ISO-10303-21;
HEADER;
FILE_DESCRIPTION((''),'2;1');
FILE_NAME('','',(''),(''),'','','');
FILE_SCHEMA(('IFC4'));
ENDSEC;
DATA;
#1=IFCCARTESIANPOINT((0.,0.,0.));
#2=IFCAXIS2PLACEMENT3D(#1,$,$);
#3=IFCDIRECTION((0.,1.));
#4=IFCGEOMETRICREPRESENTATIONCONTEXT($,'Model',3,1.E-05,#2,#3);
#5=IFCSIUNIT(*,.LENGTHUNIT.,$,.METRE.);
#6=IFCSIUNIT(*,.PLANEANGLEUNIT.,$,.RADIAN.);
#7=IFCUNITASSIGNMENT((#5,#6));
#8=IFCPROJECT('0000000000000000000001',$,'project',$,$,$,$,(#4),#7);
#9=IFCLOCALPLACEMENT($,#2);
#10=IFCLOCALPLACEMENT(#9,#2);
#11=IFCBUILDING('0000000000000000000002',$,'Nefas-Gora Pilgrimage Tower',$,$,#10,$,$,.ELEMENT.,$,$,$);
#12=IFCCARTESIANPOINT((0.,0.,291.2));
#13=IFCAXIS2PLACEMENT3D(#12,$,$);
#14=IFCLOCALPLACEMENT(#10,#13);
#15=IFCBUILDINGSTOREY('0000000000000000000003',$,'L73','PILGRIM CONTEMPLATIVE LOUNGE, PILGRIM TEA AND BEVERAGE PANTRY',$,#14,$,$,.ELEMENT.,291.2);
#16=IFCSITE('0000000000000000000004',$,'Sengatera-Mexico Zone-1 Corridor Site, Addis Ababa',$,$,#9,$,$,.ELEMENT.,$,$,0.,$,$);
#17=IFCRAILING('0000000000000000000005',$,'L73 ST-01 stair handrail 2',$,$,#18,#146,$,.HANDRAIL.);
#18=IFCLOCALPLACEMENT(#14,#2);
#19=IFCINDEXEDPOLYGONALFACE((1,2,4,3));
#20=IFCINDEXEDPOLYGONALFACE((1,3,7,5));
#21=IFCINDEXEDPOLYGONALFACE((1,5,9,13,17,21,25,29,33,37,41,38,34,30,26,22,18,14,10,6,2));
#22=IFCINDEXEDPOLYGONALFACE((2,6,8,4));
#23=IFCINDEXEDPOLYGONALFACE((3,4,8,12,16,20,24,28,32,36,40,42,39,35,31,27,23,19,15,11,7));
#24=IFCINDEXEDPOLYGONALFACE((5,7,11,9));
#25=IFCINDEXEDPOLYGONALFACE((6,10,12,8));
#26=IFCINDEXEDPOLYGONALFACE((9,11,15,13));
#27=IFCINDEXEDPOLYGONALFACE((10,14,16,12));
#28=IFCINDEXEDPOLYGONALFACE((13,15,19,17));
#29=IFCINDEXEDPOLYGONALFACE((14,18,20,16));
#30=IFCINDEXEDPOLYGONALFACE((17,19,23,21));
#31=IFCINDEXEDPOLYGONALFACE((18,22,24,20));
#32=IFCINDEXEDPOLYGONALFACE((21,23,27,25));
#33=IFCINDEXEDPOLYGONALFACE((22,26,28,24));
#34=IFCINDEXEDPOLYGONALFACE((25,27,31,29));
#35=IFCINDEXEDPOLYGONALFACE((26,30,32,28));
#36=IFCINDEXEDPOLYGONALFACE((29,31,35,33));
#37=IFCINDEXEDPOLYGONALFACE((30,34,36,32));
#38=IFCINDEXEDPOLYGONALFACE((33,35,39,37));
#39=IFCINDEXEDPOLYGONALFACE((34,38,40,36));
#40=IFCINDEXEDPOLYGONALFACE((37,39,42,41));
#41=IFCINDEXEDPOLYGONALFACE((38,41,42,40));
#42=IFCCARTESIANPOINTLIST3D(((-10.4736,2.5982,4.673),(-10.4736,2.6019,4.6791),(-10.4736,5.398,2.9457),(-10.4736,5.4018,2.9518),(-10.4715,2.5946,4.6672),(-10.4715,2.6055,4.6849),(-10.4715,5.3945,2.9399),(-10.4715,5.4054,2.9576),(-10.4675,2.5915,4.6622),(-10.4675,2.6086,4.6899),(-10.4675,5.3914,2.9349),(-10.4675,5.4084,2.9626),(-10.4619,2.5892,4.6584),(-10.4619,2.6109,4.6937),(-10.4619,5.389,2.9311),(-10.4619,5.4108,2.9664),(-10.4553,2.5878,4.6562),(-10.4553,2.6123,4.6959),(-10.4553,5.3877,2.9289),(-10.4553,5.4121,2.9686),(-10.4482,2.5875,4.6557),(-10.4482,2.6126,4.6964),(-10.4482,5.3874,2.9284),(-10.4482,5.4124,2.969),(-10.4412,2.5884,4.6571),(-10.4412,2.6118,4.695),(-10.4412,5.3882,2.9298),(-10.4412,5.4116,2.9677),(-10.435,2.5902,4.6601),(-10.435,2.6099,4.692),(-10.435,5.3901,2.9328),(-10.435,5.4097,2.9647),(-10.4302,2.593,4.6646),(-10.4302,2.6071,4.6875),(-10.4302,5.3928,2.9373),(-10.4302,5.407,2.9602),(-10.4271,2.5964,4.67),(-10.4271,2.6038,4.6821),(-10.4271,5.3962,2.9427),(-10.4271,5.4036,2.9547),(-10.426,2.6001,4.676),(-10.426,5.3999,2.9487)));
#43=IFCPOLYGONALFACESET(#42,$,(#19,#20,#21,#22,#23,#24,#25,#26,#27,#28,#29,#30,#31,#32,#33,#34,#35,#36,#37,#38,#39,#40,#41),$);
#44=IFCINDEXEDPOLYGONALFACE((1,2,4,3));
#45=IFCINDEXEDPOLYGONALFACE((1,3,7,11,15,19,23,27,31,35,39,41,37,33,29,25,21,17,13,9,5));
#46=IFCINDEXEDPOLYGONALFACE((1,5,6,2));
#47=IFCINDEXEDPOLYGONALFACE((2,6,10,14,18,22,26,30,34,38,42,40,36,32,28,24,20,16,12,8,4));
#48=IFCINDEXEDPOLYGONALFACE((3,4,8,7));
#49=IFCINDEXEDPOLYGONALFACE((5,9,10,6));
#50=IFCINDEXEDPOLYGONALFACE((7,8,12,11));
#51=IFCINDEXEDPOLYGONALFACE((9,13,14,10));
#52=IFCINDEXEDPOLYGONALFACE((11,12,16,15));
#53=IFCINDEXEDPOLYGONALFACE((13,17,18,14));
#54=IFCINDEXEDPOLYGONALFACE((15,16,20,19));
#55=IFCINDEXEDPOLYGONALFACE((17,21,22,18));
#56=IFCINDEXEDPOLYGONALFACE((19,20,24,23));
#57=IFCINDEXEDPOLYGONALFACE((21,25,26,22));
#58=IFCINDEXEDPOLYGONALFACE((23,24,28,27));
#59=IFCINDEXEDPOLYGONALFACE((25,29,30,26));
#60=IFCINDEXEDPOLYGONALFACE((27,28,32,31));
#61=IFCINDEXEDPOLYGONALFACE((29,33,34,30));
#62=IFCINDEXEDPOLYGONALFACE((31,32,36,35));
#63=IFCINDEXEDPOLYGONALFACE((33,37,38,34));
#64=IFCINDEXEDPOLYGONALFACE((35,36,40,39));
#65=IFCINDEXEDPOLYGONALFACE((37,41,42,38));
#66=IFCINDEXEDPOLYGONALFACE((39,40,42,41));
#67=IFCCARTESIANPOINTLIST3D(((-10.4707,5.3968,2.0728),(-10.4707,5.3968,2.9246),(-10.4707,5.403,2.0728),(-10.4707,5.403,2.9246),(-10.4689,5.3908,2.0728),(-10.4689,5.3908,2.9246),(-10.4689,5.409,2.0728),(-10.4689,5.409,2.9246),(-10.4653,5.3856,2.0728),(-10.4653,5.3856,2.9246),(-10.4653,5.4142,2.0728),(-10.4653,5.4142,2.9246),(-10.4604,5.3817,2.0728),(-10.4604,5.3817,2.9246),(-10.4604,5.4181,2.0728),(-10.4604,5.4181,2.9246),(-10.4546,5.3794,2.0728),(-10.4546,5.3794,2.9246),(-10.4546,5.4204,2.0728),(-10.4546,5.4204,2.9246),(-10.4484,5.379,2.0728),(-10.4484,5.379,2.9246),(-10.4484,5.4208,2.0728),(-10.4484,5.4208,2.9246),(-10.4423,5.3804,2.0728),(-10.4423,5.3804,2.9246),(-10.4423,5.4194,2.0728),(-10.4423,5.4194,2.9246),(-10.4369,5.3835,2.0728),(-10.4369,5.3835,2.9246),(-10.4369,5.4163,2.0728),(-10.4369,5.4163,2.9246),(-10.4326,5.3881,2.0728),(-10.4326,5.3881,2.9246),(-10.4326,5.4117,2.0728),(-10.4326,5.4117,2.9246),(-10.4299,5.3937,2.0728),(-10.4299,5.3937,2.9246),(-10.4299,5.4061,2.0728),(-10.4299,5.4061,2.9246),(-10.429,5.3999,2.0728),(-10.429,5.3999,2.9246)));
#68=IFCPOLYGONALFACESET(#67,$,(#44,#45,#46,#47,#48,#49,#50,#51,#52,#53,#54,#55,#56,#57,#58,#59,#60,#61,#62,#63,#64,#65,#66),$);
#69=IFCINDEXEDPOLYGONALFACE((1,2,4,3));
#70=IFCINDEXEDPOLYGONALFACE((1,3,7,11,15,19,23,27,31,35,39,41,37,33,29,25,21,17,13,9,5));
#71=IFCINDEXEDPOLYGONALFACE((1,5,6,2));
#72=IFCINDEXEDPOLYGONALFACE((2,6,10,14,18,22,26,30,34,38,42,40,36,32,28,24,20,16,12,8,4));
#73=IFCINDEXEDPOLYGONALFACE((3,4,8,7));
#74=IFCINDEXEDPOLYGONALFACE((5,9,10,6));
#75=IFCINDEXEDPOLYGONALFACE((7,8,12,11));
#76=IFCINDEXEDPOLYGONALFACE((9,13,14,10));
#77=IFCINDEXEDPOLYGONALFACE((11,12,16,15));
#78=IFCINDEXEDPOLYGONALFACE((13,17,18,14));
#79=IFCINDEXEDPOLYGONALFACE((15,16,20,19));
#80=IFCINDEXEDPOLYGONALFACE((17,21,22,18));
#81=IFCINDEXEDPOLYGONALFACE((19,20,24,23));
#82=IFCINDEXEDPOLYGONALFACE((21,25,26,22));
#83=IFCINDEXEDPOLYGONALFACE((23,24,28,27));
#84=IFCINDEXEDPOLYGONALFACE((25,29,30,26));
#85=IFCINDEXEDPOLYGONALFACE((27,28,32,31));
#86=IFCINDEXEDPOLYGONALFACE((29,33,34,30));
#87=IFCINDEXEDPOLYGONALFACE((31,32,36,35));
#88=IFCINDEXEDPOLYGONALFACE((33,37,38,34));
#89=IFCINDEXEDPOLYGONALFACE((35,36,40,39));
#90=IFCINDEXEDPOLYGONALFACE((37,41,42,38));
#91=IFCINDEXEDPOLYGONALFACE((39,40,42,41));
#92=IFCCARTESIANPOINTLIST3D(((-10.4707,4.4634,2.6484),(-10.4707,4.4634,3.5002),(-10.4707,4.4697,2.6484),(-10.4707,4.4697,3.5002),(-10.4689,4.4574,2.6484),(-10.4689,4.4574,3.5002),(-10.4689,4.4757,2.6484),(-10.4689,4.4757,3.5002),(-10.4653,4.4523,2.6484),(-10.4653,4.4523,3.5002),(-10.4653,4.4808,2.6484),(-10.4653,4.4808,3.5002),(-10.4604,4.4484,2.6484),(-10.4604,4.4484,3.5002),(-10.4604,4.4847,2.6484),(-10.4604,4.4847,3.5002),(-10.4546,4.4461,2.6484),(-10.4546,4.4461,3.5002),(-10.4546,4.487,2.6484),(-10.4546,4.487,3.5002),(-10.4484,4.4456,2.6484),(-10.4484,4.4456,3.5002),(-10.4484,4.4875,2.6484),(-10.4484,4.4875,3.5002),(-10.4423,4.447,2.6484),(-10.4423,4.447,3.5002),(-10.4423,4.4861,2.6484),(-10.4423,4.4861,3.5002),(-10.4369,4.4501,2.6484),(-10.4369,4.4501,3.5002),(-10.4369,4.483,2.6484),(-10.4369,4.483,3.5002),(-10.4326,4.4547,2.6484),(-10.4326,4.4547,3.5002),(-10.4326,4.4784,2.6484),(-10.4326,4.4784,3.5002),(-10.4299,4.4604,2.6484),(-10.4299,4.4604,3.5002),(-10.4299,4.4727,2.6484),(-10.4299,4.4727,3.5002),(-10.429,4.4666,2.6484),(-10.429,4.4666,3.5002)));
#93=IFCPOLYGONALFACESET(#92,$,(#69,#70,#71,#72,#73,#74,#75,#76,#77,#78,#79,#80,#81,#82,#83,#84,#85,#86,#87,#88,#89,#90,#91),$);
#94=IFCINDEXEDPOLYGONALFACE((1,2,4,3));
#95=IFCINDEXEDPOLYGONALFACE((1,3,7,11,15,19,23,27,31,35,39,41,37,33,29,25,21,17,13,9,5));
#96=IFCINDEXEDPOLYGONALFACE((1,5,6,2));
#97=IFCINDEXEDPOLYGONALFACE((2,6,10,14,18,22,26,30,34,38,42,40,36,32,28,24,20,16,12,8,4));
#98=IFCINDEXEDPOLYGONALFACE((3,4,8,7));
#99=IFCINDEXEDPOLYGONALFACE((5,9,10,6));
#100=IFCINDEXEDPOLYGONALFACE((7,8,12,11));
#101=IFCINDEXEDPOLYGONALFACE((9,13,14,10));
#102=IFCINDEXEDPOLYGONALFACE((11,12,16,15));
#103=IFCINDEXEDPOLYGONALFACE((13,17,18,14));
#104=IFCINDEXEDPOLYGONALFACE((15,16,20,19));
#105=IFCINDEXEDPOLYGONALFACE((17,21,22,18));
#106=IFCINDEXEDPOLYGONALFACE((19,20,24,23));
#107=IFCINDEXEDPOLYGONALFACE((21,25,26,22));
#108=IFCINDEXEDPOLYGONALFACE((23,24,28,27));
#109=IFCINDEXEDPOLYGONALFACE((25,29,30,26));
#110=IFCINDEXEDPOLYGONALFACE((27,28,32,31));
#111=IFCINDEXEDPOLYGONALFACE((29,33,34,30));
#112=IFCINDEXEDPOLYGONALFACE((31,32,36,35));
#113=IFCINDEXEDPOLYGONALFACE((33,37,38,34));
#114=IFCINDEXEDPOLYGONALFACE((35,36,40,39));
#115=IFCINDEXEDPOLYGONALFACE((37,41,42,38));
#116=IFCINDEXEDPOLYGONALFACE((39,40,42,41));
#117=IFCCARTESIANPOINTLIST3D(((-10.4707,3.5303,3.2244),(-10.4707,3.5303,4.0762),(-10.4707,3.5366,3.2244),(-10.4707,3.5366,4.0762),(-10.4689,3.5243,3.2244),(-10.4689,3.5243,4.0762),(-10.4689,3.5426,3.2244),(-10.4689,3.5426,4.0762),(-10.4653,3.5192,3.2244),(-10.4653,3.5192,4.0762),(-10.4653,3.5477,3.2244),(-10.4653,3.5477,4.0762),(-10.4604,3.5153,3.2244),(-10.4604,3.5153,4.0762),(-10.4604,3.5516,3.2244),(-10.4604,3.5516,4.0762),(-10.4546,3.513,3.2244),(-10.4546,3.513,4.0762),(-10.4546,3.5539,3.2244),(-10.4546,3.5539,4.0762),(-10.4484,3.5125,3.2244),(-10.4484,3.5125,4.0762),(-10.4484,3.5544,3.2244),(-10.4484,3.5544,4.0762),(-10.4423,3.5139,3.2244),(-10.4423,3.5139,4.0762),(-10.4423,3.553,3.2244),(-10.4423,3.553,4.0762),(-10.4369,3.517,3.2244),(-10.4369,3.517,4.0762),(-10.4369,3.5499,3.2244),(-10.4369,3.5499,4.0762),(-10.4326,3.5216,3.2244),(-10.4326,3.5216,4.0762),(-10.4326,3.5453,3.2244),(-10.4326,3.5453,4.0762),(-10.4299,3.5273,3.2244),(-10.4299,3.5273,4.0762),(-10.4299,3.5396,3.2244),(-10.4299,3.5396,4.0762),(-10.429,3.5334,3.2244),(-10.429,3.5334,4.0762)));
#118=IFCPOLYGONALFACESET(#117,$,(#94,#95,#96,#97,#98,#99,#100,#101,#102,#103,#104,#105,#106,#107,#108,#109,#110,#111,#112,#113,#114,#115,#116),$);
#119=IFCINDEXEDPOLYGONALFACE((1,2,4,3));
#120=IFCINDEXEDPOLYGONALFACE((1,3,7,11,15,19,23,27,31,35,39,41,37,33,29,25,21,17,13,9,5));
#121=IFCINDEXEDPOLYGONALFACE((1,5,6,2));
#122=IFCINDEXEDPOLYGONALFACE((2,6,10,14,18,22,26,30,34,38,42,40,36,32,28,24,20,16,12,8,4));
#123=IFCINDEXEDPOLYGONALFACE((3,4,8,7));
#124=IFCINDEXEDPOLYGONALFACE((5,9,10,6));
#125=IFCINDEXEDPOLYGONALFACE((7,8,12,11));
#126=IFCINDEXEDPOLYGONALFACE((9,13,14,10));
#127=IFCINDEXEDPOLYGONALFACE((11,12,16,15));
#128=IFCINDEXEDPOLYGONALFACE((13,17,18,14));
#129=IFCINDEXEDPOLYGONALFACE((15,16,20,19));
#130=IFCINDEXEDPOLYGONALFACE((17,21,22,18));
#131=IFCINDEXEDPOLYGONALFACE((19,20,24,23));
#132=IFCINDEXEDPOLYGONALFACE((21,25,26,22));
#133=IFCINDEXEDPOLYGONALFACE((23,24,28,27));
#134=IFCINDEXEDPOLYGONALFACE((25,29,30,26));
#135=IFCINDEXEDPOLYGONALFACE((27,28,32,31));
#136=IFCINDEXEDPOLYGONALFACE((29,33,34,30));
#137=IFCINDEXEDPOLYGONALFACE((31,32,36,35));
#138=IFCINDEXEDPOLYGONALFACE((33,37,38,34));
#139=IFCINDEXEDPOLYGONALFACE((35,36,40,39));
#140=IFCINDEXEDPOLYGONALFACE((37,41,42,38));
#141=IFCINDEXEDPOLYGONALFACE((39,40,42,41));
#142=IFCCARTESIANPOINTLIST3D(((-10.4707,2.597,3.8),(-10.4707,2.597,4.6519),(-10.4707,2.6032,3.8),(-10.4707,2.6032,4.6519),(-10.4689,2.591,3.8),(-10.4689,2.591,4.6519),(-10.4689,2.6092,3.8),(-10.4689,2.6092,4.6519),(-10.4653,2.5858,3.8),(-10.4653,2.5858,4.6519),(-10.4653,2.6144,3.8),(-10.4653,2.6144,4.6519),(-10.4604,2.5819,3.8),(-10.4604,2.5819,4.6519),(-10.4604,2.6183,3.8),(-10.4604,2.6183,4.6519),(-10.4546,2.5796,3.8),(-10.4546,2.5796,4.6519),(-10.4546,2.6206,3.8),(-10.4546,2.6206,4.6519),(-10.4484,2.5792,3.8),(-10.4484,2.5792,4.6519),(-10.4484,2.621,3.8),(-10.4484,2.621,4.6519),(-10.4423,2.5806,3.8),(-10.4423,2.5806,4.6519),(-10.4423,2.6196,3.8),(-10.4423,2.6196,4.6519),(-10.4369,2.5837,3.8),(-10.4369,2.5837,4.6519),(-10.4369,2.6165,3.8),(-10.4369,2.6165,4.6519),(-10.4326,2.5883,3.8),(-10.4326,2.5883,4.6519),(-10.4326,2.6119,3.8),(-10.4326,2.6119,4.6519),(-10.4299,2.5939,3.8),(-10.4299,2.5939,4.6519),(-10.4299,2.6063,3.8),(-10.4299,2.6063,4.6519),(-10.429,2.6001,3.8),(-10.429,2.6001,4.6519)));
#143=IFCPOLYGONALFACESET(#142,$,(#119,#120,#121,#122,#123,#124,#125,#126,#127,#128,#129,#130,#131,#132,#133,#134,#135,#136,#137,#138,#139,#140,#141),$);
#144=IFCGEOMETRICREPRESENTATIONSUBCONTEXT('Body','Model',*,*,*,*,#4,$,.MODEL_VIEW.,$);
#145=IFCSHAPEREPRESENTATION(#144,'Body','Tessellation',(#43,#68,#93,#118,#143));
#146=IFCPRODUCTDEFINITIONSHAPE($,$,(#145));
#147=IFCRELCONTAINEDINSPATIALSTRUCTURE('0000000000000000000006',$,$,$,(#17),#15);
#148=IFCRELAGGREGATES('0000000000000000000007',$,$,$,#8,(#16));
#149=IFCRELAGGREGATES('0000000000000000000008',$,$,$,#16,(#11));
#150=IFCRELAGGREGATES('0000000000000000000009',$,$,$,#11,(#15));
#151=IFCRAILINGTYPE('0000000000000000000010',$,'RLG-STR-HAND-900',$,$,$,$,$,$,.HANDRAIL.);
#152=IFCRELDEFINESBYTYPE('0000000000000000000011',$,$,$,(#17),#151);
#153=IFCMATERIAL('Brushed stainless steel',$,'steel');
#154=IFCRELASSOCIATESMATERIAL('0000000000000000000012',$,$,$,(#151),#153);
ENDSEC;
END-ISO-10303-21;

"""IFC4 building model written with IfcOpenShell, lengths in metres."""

from ifc_helpers import new_model, si_unit, direction, frame, origin, origin_2d, place, context, subcontext, project, spatial, circle, extrude, material, type_object, element, save


model = new_model("IFC4")

# Units and contexts
model_context = context("Model", 3, precision=1e-05, world=origin(), true_north=direction((0.0, 1.0)))
body_context = subcontext(model_context, "Body", "Model", "MODEL_VIEW")
ifc_project = project(units=[si_unit("LENGTHUNIT", "METRE"), si_unit("PLANEANGLEUNIT", "RADIAN")], contexts=[model_context])

# Site, building, storey
site_placement = place(None, origin())
site = spatial("IfcSite", under=ifc_project, at=site_placement, Name="Sengatera-Mexico Zone-1 Corridor Site, Addis Ababa", CompositionType="ELEMENT", RefElevation=0.0)
building_placement = place(site_placement, origin())
building = spatial("IfcBuilding", under=site, at=building_placement, Name="Nefas-Gora Pilgrimage Tower", CompositionType="ELEMENT")
storey_placement = place(building_placement, frame((0.0, 0.0, 291.2)))
storey = spatial("IfcBuildingStorey", under=building, at=storey_placement, Name="L73", Description="PILGRIM CONTEMPLATIVE LOUNGE, PILGRIM TEA AND BEVERAGE PANTRY", CompositionType="ELEMENT", Elevation=291.2)

# Railing
ifc_material_1 = material(Name="Brushed stainless steel", Category="steel")
railing_type_1 = type_object("IfcRailingType", Name="RLG-STR-HAND-900", PredefinedType="HANDRAIL", material=ifc_material_1)
railing_1_placement = place(storey_placement, frame((-10.45, 5.3999, 2.0728)))
element("IfcRailing", 1, at=railing_1_placement, inside=storey, type_object=railing_type_1, Name="L73 ST-01 stair handrail 2", PredefinedType="HANDRAIL", context=body_context, shape_type="SweptSolid", body=[
    extrude(circle(Radius=0.0239, at=origin_2d()), frame((0.0, 0.0, 0.876), z_axis=(0.0, -0.851069, 0.525054), x_axis=(1.0, 0.0, 0.0)), (0.0, 0.0, 1.0), 3.2898),
    extrude(circle(Radius=0.021, at=origin_2d()), origin(), (0.0, 0.0, 1.0), 0.8518),
    extrude(circle(Radius=0.021, at=origin_2d()), frame((0.0, -0.9333, 0.5757)), (0.0, 0.0, 1.0), 0.8518),
    extrude(circle(Radius=0.021, at=origin_2d()), frame((0.0, -1.8665, 1.1516)), (0.0, 0.0, 1.0), 0.8518),
    extrude(circle(Radius=0.021, at=origin_2d()), frame((0.0, -2.7998, 1.7273)), (0.0, 0.0, 1.0), 0.8518),
])

save(model, "model.ifc")
